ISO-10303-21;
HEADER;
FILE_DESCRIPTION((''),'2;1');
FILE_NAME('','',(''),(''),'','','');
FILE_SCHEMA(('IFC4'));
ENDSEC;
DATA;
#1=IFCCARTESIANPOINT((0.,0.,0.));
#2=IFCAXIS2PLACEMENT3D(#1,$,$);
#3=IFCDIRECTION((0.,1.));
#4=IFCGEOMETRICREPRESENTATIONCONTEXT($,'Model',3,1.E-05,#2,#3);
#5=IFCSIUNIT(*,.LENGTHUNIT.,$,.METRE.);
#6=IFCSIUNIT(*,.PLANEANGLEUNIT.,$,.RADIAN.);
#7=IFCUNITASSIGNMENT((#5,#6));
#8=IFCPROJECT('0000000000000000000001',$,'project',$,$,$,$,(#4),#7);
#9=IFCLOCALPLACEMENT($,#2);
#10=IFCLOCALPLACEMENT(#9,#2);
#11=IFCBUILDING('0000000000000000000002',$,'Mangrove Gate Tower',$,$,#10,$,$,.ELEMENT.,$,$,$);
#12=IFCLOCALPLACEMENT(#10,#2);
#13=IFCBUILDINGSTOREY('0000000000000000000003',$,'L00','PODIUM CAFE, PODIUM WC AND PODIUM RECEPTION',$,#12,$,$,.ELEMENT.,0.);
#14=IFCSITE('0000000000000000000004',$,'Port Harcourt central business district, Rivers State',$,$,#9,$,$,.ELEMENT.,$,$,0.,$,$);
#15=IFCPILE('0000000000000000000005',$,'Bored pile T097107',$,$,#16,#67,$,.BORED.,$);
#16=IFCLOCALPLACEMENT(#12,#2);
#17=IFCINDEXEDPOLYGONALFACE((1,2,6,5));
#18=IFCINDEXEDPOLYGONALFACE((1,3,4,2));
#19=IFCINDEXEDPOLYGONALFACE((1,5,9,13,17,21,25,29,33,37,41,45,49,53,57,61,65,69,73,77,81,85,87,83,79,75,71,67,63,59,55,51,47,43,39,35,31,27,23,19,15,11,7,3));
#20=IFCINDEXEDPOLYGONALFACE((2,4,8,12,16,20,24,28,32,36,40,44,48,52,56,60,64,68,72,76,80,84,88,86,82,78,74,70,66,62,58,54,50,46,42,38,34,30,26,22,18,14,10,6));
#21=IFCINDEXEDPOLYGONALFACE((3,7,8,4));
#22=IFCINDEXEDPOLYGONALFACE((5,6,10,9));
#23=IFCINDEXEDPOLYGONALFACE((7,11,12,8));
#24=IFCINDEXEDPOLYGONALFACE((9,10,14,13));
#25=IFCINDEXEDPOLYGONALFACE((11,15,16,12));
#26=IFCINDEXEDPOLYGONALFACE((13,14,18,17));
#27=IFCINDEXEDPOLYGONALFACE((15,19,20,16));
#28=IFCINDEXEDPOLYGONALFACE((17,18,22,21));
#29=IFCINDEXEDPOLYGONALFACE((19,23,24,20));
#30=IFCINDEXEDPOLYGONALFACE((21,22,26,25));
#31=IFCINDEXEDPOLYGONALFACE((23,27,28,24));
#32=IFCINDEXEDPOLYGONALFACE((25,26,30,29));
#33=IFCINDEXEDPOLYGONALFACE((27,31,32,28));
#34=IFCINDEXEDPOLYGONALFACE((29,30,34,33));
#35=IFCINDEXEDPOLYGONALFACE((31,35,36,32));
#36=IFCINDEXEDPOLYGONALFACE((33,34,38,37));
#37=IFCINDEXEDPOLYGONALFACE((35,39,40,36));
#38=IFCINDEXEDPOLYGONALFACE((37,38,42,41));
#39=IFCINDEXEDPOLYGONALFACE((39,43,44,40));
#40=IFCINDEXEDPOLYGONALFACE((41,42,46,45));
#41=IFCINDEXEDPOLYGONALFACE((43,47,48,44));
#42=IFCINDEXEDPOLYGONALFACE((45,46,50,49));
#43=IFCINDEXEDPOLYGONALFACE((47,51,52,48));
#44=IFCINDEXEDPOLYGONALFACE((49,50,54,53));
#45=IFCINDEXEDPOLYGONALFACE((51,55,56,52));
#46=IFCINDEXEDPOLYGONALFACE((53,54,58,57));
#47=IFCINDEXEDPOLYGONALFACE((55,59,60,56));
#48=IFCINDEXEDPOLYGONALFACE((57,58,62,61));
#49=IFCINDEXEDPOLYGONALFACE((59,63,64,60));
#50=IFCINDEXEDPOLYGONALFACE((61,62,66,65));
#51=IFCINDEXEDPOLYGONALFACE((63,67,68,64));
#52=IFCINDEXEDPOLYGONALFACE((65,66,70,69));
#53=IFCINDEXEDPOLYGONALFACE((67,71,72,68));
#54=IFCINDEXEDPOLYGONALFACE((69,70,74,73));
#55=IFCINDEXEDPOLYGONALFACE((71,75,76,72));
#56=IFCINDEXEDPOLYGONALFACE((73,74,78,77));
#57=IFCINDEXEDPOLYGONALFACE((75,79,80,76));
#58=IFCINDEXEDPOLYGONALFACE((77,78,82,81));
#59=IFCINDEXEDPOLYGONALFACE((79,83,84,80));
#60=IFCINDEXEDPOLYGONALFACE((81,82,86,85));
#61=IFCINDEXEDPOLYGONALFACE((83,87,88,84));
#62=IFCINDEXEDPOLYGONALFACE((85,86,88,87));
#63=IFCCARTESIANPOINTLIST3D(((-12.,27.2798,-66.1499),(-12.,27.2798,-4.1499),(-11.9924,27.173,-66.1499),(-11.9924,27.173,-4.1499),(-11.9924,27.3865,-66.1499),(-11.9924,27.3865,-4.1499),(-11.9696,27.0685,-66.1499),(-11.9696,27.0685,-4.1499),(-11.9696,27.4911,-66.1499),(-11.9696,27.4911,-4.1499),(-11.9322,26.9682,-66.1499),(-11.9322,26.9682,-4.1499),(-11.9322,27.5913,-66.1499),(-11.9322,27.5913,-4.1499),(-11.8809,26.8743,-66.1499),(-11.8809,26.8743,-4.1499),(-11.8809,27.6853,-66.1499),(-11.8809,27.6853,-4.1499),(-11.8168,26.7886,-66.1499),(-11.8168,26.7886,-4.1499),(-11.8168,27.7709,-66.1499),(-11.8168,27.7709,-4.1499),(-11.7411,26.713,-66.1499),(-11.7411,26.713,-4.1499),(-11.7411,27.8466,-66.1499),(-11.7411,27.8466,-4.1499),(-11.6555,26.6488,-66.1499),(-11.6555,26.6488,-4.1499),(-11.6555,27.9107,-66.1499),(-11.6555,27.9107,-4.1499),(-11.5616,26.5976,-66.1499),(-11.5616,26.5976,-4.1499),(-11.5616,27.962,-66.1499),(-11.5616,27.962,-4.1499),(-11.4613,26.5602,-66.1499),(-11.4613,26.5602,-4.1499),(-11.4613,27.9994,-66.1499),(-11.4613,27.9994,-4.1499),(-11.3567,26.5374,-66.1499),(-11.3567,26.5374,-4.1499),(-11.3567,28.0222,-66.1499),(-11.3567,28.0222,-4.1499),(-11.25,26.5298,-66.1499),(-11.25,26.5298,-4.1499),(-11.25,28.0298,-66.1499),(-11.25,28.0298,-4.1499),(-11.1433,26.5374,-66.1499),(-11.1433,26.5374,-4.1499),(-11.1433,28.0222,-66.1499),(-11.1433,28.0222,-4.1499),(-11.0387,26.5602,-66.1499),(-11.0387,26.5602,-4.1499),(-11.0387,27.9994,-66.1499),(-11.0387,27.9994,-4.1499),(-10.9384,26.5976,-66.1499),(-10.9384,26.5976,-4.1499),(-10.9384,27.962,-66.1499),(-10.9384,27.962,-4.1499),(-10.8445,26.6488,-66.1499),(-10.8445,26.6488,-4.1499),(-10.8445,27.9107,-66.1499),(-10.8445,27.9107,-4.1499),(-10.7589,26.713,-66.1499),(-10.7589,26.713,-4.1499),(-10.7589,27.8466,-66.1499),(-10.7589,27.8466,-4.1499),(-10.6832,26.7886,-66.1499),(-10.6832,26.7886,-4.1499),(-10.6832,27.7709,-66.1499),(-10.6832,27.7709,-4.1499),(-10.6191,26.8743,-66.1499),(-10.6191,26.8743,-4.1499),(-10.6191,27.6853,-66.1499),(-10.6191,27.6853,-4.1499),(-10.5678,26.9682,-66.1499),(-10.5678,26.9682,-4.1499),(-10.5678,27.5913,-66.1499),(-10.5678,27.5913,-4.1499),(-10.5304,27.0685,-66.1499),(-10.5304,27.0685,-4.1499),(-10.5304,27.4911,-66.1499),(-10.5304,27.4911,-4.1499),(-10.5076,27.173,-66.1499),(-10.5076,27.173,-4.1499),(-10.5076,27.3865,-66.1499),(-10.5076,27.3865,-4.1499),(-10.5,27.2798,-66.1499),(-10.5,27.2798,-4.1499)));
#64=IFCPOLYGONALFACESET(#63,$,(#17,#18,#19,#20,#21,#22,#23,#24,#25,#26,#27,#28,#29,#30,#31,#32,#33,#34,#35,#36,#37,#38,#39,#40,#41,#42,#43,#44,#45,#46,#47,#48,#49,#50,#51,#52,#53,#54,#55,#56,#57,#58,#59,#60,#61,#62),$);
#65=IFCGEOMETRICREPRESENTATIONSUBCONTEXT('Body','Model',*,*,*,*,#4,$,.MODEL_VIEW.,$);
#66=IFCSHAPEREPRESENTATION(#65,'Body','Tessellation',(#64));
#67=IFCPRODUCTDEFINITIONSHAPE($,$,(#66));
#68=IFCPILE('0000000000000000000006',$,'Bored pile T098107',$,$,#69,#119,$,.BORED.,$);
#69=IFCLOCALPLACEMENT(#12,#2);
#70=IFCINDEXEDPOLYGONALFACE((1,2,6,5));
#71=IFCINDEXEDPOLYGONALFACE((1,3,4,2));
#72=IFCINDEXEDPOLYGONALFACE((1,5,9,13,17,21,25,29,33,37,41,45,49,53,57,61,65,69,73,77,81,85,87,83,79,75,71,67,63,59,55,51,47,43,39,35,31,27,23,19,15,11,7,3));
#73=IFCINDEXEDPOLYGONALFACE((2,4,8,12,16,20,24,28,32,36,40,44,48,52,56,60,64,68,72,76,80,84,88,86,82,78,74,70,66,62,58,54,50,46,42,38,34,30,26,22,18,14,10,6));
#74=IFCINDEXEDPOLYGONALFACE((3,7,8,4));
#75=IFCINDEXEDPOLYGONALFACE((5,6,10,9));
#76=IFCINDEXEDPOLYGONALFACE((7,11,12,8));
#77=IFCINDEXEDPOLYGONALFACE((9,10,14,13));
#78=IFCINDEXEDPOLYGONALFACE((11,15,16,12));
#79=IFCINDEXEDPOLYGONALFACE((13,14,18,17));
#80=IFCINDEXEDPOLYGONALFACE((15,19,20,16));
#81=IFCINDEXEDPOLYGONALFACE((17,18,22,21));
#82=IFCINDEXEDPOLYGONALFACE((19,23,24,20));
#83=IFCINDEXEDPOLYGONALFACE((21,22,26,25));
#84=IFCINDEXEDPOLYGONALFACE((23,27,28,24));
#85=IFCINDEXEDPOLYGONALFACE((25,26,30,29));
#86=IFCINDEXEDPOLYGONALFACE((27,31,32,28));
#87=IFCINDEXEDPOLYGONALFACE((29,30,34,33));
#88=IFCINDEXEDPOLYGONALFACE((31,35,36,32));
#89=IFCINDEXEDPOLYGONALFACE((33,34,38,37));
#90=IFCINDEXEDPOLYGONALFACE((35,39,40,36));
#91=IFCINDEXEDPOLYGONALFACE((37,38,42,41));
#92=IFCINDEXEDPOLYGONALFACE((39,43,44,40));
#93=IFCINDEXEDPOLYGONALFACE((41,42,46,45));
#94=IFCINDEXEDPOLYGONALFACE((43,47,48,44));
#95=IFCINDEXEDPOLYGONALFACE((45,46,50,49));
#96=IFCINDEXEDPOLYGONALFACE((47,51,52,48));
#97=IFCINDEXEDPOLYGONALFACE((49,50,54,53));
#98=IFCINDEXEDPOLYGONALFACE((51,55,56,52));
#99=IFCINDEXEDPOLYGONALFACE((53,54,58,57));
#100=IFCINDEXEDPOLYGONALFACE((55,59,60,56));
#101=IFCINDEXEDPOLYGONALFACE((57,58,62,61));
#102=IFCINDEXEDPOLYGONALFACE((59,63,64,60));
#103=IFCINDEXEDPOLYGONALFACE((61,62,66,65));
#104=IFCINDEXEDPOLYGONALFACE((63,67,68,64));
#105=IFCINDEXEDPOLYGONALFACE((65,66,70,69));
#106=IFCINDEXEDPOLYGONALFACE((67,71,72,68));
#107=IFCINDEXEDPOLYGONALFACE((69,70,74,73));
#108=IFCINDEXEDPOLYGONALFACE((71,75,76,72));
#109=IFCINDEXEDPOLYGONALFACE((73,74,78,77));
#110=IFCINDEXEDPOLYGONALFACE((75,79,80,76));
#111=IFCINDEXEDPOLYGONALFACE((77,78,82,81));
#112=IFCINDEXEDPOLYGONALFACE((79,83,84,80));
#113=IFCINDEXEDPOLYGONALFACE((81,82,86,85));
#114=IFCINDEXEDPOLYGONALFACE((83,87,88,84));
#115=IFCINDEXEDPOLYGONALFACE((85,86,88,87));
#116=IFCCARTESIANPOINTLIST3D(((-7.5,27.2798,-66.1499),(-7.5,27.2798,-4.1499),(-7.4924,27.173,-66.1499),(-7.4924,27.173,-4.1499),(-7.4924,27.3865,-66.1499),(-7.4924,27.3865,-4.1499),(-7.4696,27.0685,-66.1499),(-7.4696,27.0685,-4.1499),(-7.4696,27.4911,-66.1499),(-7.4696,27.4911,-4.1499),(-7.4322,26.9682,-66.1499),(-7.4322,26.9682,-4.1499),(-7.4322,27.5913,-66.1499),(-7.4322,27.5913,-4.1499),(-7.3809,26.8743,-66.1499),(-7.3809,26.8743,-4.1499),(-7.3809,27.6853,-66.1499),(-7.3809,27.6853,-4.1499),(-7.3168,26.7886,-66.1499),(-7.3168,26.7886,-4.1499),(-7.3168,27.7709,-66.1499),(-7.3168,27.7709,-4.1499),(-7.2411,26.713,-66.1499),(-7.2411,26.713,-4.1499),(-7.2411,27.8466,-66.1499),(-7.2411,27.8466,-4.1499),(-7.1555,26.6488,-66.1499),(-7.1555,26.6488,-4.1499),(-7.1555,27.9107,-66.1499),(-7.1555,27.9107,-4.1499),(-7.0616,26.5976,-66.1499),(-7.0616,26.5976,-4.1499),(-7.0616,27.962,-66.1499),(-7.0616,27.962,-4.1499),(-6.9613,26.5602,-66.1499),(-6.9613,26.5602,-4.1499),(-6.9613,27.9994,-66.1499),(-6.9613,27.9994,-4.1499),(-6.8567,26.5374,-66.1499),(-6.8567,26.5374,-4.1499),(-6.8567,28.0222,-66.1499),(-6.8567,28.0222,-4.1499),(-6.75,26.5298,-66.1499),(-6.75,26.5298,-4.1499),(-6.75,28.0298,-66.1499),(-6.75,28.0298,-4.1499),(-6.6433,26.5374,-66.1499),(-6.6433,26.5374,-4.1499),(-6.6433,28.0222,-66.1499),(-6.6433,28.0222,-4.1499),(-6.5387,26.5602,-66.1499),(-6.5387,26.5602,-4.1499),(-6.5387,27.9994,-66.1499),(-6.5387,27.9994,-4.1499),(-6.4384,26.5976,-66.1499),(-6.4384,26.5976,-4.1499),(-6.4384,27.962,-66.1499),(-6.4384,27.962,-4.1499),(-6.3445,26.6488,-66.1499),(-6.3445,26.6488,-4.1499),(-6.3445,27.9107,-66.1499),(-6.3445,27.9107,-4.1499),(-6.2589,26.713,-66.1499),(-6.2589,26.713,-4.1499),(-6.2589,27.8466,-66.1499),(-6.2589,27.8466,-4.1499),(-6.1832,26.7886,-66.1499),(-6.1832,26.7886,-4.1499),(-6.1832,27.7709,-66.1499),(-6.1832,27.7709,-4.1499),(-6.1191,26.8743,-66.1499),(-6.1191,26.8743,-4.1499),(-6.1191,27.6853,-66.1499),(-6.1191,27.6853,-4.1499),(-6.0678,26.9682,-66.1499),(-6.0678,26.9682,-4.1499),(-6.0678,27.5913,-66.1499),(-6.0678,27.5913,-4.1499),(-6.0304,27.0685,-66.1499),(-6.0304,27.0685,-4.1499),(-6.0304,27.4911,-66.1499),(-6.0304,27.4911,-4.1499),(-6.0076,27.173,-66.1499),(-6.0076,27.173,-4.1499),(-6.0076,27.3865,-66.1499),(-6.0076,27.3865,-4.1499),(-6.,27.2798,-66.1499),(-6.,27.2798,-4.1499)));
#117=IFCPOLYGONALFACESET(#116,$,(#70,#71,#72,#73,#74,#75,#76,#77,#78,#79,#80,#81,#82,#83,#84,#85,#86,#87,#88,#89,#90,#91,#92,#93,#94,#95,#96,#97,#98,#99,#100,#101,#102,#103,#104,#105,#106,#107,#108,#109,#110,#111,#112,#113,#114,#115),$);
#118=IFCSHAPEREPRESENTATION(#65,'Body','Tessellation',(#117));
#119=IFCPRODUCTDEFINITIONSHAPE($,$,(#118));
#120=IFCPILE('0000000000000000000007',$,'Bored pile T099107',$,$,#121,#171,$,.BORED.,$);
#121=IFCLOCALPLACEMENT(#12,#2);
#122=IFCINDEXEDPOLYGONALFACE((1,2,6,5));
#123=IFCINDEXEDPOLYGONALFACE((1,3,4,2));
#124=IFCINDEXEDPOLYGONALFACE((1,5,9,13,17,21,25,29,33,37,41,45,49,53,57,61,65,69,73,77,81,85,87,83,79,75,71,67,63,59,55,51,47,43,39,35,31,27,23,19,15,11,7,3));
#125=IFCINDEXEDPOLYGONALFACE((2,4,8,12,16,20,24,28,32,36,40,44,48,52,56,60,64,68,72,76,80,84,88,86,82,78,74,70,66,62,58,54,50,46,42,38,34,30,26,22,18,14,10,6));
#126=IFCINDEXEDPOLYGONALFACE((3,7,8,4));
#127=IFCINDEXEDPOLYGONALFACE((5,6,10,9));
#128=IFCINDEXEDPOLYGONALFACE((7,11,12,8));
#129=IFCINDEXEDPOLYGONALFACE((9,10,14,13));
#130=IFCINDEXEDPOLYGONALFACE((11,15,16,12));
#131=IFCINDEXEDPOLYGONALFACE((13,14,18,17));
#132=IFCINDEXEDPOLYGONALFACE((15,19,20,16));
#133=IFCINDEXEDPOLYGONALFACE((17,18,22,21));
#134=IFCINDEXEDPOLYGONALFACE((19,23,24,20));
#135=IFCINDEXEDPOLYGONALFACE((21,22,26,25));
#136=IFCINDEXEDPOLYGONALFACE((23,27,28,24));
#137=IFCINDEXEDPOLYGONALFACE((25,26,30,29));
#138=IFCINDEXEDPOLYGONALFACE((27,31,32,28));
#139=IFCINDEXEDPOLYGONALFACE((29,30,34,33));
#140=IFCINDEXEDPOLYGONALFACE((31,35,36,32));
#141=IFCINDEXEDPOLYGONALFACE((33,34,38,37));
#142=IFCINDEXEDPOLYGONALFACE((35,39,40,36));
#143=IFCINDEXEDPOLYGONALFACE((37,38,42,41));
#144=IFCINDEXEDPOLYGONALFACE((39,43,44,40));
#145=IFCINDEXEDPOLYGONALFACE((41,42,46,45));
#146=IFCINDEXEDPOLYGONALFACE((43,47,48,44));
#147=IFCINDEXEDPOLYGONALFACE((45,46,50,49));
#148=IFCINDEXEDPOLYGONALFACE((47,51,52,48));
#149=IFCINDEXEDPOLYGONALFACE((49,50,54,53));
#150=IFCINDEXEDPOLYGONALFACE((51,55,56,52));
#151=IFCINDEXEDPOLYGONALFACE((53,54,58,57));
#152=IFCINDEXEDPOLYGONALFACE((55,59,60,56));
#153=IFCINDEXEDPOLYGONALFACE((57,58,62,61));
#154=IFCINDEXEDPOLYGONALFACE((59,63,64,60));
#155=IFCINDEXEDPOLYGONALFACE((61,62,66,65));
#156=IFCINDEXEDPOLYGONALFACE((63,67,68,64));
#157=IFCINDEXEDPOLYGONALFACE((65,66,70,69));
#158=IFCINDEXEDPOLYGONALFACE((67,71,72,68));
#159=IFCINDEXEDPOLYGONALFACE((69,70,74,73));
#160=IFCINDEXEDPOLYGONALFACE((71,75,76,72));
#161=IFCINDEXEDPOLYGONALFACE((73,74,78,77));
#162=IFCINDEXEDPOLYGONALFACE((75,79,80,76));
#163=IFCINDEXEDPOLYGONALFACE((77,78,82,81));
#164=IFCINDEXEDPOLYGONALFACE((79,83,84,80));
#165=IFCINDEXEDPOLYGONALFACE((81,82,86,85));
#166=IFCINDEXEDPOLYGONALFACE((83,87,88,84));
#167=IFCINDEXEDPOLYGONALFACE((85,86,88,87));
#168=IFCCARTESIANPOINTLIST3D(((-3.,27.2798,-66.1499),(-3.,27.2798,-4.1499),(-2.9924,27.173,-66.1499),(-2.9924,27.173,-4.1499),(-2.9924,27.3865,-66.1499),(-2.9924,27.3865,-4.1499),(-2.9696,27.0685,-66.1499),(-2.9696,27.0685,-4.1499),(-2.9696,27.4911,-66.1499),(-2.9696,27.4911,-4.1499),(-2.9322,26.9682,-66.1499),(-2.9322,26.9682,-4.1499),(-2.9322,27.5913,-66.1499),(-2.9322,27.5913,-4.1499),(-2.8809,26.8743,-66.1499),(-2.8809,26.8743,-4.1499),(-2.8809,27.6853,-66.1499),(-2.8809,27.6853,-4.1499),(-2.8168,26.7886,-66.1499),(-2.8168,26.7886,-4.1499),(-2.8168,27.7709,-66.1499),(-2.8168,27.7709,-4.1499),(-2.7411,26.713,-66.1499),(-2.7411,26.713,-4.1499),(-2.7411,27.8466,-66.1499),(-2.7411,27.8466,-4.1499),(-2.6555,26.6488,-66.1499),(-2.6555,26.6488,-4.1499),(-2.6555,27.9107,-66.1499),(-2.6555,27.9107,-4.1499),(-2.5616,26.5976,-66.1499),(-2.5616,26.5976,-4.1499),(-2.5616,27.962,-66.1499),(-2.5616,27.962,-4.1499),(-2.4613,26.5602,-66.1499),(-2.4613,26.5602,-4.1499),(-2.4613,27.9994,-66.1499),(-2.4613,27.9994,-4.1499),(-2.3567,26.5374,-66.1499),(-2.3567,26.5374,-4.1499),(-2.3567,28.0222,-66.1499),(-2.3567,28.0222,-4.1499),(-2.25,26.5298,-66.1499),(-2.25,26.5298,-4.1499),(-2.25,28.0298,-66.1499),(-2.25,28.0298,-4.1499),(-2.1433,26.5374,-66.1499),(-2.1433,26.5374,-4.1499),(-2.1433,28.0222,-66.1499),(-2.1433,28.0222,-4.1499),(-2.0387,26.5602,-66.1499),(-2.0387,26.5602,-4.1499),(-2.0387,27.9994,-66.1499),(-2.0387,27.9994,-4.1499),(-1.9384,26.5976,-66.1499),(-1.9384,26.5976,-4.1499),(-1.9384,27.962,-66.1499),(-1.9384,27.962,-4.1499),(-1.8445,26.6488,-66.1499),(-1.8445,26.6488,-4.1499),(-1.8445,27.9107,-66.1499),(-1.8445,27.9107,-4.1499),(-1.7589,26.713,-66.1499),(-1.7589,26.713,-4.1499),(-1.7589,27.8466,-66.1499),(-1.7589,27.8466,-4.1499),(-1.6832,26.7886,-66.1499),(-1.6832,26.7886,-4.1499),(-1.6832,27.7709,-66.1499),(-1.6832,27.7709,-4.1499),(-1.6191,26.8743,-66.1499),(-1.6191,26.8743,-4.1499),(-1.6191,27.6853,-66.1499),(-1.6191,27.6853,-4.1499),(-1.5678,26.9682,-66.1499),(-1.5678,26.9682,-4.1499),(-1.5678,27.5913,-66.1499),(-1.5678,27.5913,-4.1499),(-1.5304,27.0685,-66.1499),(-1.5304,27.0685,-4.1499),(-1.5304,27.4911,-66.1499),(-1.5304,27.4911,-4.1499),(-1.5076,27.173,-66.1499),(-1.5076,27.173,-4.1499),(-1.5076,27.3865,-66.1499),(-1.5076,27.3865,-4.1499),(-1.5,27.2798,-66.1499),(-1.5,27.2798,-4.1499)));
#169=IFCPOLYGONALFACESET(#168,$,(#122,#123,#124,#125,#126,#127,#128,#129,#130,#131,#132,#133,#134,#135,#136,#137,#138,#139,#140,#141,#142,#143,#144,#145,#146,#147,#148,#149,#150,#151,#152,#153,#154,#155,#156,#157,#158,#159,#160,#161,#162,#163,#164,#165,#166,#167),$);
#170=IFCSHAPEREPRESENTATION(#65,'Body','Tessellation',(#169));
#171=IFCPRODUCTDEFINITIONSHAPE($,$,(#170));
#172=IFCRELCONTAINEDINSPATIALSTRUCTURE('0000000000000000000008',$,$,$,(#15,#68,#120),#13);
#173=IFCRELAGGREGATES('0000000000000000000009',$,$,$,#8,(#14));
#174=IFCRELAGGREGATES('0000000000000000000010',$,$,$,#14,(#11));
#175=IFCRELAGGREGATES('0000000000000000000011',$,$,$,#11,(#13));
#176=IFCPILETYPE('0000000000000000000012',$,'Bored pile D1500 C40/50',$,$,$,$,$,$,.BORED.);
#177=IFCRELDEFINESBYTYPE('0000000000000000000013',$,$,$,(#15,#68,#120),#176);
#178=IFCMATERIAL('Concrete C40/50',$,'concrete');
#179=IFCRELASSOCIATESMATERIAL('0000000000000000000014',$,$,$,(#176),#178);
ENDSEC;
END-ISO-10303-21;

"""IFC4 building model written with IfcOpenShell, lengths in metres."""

from ifc_helpers import new_model, si_unit, direction, frame, origin, origin_2d, place, context, subcontext, project, spatial, circle, extrude, material, material_profile, profile_set, type_object, element, save


model = new_model("IFC4")

# Units and contexts
model_context = context("Model", 3, precision=1e-05, world=origin(), true_north=direction((0.0, 1.0)))
body_context = subcontext(model_context, "Body", "Model", "MODEL_VIEW")
ifc_project = project(units=[si_unit("LENGTHUNIT", "METRE"), si_unit("PLANEANGLEUNIT", "RADIAN")], contexts=[model_context])

# Site, building, storey
site_placement = place(None, origin())
site = spatial("IfcSite", under=ifc_project, at=site_placement, Name="Port Harcourt central business district, Rivers State", CompositionType="ELEMENT", RefElevation=0.0)
building_placement = place(site_placement, origin())
building = spatial("IfcBuilding", under=site, at=building_placement, Name="Mangrove Gate Tower", CompositionType="ELEMENT")
storey_placement = place(building_placement, origin())
storey = spatial("IfcBuildingStorey", under=building, at=storey_placement, Name="L00", Description="PODIUM CAFE, PODIUM WC AND PODIUM RECEPTION", CompositionType="ELEMENT", Elevation=0.0)

# Piles
ifc_material_1 = material(Name="Concrete C40/50", Category="concrete")
ifc_material_profile_1 = material_profile(ifc_material_1, circle(Radius=0.75, at=origin_2d()))
ifc_profile_set_1 = profile_set([ifc_material_profile_1], Name="Concrete C40/50")
pile_type = type_object("IfcPileType", Name="Bored pile D1500 C40/50", PredefinedType="BORED", material=ifc_profile_set_1)
for number, where, z_axis, x_axis, name in (
    (1, (-11.25, 27.2798, -4.1499), (0.0, 0.0, -1.0), (1.0, 0.0, 0.0), "Bored pile T097107"),
    (2, (-6.75, 27.2798, -4.1499), (0.0, 0.0, -1.0), (1.0, 0.0, 0.0), "Bored pile T098107"),
    (3, (-2.25, 27.2798, -4.1499), (0.0, 0.0, -1.0), (1.0, 0.0, 0.0), "Bored pile T099107"),
):
    element("IfcPile", number, at=place(storey_placement, frame(where, z_axis=z_axis, x_axis=x_axis)), inside=storey, type_object=pile_type, Name=name, PredefinedType="BORED", context=body_context, shape_type="SweptSolid", body=[
        extrude(circle(Radius=0.75, at=origin_2d()), origin(), (0.0, 0.0, 1.0), 62.0),
    ])

save(model, "model.ifc")
